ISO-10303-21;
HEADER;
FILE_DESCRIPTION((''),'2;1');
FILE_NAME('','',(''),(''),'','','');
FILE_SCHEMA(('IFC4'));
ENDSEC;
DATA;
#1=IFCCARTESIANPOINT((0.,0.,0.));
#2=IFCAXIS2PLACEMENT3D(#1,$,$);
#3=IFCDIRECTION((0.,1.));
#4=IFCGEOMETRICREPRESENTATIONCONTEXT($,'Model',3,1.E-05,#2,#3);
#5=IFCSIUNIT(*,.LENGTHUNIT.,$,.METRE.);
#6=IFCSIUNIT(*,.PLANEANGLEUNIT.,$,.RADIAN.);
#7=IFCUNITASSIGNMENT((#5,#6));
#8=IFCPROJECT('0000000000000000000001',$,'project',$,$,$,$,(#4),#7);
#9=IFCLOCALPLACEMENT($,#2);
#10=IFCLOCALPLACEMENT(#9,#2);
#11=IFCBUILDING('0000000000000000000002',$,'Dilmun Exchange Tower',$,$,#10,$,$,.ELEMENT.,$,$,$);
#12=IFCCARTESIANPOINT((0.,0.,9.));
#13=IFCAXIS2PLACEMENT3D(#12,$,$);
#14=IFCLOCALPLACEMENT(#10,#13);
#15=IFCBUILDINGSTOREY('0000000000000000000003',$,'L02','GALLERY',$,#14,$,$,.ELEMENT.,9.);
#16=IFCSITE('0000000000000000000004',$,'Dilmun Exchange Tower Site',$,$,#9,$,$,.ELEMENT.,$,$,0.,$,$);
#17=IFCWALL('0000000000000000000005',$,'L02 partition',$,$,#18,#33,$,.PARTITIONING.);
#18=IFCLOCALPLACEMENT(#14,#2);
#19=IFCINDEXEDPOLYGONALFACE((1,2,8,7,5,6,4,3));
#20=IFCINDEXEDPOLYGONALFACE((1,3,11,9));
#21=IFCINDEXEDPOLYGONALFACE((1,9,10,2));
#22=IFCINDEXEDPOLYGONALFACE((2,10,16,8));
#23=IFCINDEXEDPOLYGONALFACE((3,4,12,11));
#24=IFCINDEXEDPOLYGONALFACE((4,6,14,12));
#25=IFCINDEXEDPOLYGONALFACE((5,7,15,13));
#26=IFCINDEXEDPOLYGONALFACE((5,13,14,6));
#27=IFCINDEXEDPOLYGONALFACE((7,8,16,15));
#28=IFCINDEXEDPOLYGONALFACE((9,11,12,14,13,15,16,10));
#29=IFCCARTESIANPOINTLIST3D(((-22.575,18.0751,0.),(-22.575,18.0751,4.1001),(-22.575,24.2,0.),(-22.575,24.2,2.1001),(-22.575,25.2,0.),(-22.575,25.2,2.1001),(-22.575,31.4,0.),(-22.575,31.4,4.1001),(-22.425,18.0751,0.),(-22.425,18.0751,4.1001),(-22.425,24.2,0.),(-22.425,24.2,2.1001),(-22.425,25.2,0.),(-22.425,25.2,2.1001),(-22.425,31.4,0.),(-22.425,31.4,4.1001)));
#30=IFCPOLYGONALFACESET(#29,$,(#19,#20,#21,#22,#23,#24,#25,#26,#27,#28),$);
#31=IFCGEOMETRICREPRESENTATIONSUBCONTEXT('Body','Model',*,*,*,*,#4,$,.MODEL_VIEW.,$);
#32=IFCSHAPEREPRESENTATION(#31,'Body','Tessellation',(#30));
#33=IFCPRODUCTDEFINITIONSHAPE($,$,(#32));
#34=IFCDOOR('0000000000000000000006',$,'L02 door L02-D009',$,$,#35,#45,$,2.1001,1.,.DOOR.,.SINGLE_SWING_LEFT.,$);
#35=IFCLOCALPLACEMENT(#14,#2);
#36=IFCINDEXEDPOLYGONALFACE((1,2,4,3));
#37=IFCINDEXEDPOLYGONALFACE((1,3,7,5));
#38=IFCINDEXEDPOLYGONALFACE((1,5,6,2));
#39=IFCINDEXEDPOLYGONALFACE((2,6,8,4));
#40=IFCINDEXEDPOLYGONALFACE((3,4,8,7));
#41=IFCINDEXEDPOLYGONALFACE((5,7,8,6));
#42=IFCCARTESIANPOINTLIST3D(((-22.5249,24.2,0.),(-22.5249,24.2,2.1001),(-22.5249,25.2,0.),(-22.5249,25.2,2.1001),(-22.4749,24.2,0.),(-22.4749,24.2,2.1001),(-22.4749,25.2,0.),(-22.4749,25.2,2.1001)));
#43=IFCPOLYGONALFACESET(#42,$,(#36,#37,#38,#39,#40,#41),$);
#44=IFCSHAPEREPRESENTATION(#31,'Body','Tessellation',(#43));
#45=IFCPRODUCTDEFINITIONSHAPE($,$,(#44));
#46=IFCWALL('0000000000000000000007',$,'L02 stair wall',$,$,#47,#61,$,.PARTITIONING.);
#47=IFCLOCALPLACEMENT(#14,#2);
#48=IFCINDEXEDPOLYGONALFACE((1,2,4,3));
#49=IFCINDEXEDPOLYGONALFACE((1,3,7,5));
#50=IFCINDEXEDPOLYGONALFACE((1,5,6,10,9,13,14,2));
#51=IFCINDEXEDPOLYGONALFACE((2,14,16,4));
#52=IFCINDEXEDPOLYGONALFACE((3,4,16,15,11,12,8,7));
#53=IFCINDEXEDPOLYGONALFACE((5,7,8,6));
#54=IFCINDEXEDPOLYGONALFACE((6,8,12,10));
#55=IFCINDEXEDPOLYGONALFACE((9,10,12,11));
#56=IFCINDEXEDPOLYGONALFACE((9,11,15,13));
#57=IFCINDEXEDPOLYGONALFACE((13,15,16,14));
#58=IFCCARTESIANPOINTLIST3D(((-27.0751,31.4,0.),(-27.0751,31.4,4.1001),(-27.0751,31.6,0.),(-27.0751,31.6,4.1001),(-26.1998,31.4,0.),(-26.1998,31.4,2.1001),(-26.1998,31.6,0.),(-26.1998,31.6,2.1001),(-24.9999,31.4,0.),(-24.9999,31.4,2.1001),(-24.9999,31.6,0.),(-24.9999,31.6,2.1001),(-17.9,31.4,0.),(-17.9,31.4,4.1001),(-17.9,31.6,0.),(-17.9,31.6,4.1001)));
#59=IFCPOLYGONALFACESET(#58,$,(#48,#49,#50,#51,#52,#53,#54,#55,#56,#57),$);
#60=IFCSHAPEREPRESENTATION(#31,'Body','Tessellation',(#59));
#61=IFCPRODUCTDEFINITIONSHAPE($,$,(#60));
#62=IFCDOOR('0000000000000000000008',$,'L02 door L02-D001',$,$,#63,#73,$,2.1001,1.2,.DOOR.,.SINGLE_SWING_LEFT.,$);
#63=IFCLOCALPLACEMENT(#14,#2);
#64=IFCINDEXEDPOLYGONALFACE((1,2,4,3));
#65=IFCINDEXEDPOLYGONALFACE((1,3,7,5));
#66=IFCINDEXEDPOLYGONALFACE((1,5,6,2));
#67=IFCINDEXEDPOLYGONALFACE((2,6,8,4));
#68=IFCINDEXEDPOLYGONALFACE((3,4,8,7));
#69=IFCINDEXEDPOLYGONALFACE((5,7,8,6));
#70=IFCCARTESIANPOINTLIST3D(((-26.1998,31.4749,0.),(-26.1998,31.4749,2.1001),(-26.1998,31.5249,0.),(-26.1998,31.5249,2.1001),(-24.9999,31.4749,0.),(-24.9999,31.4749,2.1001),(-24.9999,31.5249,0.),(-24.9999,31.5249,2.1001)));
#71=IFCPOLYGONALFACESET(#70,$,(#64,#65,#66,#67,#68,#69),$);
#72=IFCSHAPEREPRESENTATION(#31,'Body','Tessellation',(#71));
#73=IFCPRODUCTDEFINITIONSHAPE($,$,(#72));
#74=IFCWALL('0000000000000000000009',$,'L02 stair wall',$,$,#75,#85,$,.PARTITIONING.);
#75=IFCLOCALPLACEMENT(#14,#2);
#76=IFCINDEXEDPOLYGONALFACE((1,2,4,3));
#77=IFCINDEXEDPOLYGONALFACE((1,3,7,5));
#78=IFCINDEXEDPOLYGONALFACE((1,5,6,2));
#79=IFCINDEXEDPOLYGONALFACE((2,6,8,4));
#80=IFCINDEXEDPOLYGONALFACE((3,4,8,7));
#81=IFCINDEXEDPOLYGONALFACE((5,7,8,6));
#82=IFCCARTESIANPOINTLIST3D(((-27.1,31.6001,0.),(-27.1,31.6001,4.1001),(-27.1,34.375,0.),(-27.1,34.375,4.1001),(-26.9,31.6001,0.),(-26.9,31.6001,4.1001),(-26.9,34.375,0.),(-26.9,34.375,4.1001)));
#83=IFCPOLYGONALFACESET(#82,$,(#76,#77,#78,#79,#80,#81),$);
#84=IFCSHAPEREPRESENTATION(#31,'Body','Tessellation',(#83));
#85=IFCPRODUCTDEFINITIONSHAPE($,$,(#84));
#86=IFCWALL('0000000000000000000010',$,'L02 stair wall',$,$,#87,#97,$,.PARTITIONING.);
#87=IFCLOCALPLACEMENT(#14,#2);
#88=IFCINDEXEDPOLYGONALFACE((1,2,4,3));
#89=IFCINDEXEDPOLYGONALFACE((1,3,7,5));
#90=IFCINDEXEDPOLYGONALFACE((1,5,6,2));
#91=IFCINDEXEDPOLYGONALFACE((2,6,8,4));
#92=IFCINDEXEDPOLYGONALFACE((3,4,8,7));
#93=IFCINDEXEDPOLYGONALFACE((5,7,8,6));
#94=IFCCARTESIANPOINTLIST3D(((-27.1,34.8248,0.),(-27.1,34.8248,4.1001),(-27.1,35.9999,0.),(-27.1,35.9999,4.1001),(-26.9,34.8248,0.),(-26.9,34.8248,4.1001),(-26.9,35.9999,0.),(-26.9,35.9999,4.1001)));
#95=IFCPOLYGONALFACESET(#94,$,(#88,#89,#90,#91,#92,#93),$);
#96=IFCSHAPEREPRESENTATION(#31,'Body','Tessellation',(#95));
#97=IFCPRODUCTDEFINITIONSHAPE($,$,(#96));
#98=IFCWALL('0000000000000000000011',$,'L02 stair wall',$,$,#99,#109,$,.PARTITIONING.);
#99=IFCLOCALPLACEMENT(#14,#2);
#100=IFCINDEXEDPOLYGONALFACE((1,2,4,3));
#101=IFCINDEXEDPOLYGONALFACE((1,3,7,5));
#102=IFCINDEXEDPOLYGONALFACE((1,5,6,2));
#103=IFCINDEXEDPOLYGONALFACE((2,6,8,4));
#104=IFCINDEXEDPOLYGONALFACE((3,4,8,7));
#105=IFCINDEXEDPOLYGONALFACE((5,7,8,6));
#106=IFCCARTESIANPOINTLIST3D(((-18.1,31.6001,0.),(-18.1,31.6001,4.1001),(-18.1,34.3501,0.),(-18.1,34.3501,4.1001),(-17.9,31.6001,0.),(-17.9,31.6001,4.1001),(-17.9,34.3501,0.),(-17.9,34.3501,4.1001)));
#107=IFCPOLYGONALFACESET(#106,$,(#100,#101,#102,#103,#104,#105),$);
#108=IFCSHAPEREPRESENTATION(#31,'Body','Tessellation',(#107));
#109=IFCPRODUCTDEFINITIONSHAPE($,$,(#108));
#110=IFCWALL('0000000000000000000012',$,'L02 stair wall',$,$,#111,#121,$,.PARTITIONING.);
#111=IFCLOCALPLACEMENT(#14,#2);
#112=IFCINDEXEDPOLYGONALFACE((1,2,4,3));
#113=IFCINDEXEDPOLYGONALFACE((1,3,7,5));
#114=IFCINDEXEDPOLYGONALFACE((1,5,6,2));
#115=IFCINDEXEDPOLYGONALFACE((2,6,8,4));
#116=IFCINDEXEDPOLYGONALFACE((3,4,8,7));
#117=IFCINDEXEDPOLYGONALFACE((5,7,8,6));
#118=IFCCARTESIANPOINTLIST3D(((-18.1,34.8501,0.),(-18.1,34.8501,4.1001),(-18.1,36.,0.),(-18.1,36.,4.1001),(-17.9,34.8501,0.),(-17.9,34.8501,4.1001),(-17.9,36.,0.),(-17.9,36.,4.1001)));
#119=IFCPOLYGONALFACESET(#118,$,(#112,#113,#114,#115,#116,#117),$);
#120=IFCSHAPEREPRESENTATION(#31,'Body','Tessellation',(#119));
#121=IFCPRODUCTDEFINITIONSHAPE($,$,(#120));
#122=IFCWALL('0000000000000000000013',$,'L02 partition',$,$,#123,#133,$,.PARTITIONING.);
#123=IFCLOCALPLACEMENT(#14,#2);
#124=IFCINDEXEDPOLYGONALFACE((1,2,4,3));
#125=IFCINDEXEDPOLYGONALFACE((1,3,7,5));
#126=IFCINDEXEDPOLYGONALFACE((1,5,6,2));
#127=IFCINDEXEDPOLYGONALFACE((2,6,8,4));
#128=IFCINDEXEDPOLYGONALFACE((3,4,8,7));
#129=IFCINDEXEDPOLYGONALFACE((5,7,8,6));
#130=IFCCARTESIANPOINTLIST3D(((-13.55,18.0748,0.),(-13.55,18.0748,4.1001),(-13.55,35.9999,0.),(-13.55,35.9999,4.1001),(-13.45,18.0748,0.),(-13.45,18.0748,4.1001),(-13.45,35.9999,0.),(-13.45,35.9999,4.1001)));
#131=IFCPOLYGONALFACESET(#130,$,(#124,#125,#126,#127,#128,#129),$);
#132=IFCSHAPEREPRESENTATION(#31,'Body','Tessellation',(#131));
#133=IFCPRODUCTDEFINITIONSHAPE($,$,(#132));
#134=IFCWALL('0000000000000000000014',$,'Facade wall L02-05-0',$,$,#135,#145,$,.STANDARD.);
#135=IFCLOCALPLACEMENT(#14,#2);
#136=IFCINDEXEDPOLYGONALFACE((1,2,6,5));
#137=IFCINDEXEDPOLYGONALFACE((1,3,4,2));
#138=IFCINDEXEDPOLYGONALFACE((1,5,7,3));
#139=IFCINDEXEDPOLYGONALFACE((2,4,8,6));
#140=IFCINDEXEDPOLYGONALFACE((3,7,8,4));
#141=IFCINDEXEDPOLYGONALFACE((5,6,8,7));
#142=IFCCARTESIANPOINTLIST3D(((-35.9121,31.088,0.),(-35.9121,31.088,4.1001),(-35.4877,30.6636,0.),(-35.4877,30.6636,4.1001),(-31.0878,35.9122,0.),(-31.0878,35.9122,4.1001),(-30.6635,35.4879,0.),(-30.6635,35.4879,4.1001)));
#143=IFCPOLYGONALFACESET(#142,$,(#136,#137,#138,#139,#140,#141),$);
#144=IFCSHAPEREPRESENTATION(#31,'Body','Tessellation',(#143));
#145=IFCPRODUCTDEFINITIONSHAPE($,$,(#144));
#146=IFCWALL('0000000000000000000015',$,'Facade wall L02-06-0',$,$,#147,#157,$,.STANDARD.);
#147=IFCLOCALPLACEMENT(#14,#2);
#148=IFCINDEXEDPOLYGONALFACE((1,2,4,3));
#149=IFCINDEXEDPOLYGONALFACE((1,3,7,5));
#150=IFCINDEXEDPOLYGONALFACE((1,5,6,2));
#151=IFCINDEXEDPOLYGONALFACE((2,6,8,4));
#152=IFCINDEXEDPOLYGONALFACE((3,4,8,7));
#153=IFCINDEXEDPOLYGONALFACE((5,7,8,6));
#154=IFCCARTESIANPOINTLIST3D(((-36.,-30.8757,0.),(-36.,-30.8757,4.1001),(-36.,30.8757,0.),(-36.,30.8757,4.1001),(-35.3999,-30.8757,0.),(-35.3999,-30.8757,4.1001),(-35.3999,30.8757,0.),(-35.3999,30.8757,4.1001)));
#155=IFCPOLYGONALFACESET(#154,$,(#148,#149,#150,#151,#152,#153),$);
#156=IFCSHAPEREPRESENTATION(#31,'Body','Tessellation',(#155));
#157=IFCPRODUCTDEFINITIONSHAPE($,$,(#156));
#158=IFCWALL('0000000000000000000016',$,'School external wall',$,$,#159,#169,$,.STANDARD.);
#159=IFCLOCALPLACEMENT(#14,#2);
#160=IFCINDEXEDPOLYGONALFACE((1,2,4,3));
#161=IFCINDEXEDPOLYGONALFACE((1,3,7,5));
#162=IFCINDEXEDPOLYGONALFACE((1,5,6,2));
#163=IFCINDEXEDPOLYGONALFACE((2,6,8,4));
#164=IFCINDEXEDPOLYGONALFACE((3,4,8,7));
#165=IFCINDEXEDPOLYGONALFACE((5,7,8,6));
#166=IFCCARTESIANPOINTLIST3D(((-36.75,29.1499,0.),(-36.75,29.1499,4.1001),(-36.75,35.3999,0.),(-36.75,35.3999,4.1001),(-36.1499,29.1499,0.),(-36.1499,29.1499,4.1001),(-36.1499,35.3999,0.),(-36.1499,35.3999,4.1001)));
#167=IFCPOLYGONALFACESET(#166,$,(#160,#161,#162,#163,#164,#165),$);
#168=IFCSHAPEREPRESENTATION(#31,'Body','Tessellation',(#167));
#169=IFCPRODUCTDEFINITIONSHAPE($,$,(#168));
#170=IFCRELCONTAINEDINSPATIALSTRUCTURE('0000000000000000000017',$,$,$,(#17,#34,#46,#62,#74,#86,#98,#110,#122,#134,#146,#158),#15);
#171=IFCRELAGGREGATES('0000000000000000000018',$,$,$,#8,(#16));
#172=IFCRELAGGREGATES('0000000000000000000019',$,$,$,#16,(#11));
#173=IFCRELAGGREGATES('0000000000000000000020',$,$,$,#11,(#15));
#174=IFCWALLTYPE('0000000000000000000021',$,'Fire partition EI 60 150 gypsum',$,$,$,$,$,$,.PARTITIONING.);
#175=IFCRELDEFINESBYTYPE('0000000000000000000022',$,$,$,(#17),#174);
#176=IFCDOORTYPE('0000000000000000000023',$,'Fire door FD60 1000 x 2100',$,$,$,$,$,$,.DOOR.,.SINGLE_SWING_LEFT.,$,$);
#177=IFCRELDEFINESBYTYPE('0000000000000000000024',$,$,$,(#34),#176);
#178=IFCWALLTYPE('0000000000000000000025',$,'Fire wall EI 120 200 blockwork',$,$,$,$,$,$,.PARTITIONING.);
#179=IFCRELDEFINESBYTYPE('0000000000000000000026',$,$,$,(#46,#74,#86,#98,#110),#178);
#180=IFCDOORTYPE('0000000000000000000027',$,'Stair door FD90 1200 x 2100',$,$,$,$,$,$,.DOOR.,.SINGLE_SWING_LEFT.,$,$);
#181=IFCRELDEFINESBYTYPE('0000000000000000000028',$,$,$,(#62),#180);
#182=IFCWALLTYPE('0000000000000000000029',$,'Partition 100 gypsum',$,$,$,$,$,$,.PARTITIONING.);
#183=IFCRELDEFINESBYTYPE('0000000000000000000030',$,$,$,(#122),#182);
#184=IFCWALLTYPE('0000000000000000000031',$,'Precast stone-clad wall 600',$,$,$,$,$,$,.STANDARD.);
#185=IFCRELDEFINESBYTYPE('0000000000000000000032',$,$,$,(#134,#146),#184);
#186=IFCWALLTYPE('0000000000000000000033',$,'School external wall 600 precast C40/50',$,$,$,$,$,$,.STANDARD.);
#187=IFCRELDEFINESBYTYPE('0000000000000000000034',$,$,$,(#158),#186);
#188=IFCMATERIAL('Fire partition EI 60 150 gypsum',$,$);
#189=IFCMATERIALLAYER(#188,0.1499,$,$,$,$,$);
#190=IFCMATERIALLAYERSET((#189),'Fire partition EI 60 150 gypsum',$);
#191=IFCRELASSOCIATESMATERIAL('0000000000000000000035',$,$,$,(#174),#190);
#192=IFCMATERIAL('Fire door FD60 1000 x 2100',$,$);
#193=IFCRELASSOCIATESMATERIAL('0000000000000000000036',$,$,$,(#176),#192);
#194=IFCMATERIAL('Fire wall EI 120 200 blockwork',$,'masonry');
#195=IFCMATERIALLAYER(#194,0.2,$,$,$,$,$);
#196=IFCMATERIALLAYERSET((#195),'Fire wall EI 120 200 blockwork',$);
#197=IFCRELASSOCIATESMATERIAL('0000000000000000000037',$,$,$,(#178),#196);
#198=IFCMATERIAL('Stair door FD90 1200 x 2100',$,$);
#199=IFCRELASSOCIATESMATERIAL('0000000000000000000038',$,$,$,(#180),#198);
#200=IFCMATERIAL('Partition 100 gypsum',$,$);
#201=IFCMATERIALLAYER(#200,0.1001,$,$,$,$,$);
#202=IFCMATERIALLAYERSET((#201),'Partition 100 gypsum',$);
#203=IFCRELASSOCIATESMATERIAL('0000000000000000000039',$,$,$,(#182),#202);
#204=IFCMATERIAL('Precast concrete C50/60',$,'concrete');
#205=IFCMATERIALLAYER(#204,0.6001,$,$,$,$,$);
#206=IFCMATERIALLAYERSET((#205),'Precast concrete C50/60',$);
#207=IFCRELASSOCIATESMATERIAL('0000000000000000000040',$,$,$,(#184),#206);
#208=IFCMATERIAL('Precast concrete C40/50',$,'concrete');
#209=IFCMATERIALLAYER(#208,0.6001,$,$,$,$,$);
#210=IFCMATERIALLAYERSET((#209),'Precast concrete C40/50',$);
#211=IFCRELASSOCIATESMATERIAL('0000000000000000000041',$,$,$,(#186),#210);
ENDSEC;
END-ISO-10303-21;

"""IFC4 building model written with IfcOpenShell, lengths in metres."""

from ifc_helpers import new_model, si_unit, direction, frame, frame_2d, origin, place, context, subcontext, project, spatial, rectangle, extrude, material, layer, layer_set, type_object, element, fill, save


model = new_model("IFC4")

# Units and contexts
model_context = context("Model", 3, precision=1e-05, world=origin(), true_north=direction((0.0, 1.0)))
body_context = subcontext(model_context, "Body", "Model", "MODEL_VIEW")
ifc_project = project(units=[si_unit("LENGTHUNIT", "METRE"), si_unit("PLANEANGLEUNIT", "RADIAN")], contexts=[model_context])

# Site, building, storey
site_placement = place(None, origin())
site = spatial("IfcSite", under=ifc_project, at=site_placement, Name="Dilmun Exchange Tower Site", CompositionType="ELEMENT", RefElevation=0.0)
building_placement = place(site_placement, origin())
building = spatial("IfcBuilding", under=site, at=building_placement, Name="Dilmun Exchange Tower", CompositionType="ELEMENT")
storey_placement = place(building_placement, frame((0.0, 0.0, 9.0)))
storey = spatial("IfcBuildingStorey", under=building, at=storey_placement, Name="L02", Description="GALLERY", CompositionType="ELEMENT", Elevation=9.0)

# Shared definitions
ifc_material_1 = material(Name="Fire partition EI 60 150 gypsum")
ifc_layer_1 = layer(ifc_material_1, 0.1499)
ifc_layer_set_1 = layer_set([ifc_layer_1], Name="Fire partition EI 60 150 gypsum")
wall_type_1 = type_object("IfcWallType", Name="Fire partition EI 60 150 gypsum", PredefinedType="PARTITIONING", material=ifc_layer_set_1)

# Walls, openings, doors
wall_1_placement = place(storey_placement, frame((-22.5, 18.075, 0.0), z_axis=(0.0, 0.0, 1.0), x_axis=(0.0, 1.0, 0.0)))
wall_1 = element("IfcWall", 1, at=wall_1_placement, inside=storey, type_object=wall_type_1, Name="L02 partition", PredefinedType="PARTITIONING", context=body_context, shape_type="SweptSolid", body=[
    extrude(rectangle(XDim=13.325, YDim=0.1499, at=frame_2d((6.6626, 0.0))), origin(), (0.0, 0.0, 1.0), 4.1001),
])
opening_1_placement = place(wall_1_placement, frame((6.125, 0.0, 0.0)))
opening_1 = element("IfcOpeningElement", 2, at=opening_1_placement, cuts=wall_1, PredefinedType="OPENING", context=body_context, shape_type="SweptSolid", body=[
    extrude(rectangle(XDim=1.0, YDim=2.1001, at=frame_2d((0.5, 1.05))), frame((0.0, 0.085, 0.0), z_axis=(0.0, -1.0, 0.0), x_axis=(1.0, 0.0, 0.0)), (0.0, 0.0, 1.0), 0.1699),
])
ifc_material_2 = material(Name="Fire door FD60 1000 x 2100")
door_type_1 = type_object("IfcDoorType", Name="Fire door FD60 1000 x 2100", OperationType="SINGLE_SWING_LEFT", PredefinedType="DOOR", material=ifc_material_2)
door_1_placement = place(opening_1_placement, origin())
door_1 = element("IfcDoor", 3, at=door_1_placement, inside=storey, type_object=door_type_1, Name="L02 door L02-D009", OperationType="SINGLE_SWING_LEFT", OverallHeight=2.1001, OverallWidth=1.0, PredefinedType="DOOR", context=body_context, shape_type="SweptSolid", body=[
    extrude(rectangle(XDim=1.0, YDim=2.1001, at=frame_2d((0.5, 1.05))), frame((0.0, 0.0249, 0.0), z_axis=(0.0, -1.0, 0.0), x_axis=(1.0, 0.0, 0.0)), (0.0, 0.0, 1.0), 0.05),
])
fill(opening_1, door_1)
ifc_material_3 = material(Name="Fire wall EI 120 200 blockwork", Category="masonry")
ifc_layer_2 = layer(ifc_material_3, 0.2)
ifc_layer_set_2 = layer_set([ifc_layer_2], Name="Fire wall EI 120 200 blockwork")
wall_type_2 = type_object("IfcWallType", Name="Fire wall EI 120 200 blockwork", PredefinedType="PARTITIONING", material=ifc_layer_set_2)
wall_2_placement = place(storey_placement, frame((-27.075, 31.5, 0.0), z_axis=(0.0, 0.0, 1.0), x_axis=(1.0, 0.0, 0.0)))
wall_2 = element("IfcWall", 4, at=wall_2_placement, inside=storey, type_object=wall_type_2, Name="L02 stair wall", PredefinedType="PARTITIONING", context=body_context, shape_type="SweptSolid", body=[
    extrude(rectangle(XDim=9.175, YDim=0.2, at=frame_2d((4.5874, 0.0))), origin(), (0.0, 0.0, 1.0), 4.1001),
])
opening_2_placement = place(wall_2_placement, frame((0.875, 0.0, 0.0)))
opening_2 = element("IfcOpeningElement", 5, at=opening_2_placement, cuts=wall_2, PredefinedType="OPENING", context=body_context, shape_type="SweptSolid", body=[
    extrude(rectangle(XDim=1.2, YDim=2.1001, at=frame_2d((0.6001, 1.05))), frame((0.0, 0.1099, 0.0), z_axis=(0.0, -1.0, 0.0), x_axis=(1.0, 0.0, 0.0)), (0.0, 0.0, 1.0), 0.22),
])
ifc_material_4 = material(Name="Stair door FD90 1200 x 2100")
door_type_2 = type_object("IfcDoorType", Name="Stair door FD90 1200 x 2100", OperationType="SINGLE_SWING_LEFT", PredefinedType="DOOR", material=ifc_material_4)
door_2_placement = place(opening_2_placement, origin())
door_2 = element("IfcDoor", 6, at=door_2_placement, inside=storey, type_object=door_type_2, Name="L02 door L02-D001", OperationType="SINGLE_SWING_LEFT", OverallHeight=2.1001, OverallWidth=1.2, PredefinedType="DOOR", context=body_context, shape_type="SweptSolid", body=[
    extrude(rectangle(XDim=1.2, YDim=2.1001, at=frame_2d((0.6001, 1.05))), frame((0.0, 0.0249, 0.0), z_axis=(0.0, -1.0, 0.0), x_axis=(1.0, 0.0, 0.0)), (0.0, 0.0, 1.0), 0.05),
])
fill(opening_2, door_2)

# Walls
wall_3_placement = place(storey_placement, frame((-27.0, 31.6001, 0.0), z_axis=(0.0, 0.0, 1.0), x_axis=(0.0, 1.0, 0.0)))
element("IfcWall", 7, at=wall_3_placement, inside=storey, type_object=wall_type_2, Name="L02 stair wall", PredefinedType="PARTITIONING", context=body_context, shape_type="SweptSolid", body=[
    extrude(rectangle(XDim=2.7749, YDim=0.2, at=frame_2d((1.3875, 0.0))), origin(), (0.0, 0.0, 1.0), 4.1001),
])
wall_4_placement = place(storey_placement, frame((-27.0, 34.825, 0.0), z_axis=(0.0, 0.0, 1.0), x_axis=(0.0, 1.0, 0.0)))
element("IfcWall", 8, at=wall_4_placement, inside=storey, type_object=wall_type_2, Name="L02 stair wall", PredefinedType="PARTITIONING", context=body_context, shape_type="SweptSolid", body=[
    extrude(rectangle(XDim=1.175, YDim=0.2, at=frame_2d((0.5874, 0.0))), origin(), (0.0, 0.0, 1.0), 4.1001),
])
wall_5_placement = place(storey_placement, frame((-18.0, 31.6001, 0.0), z_axis=(0.0, 0.0, 1.0), x_axis=(0.0, 1.0, 0.0)))
element("IfcWall", 9, at=wall_5_placement, inside=storey, type_object=wall_type_2, Name="L02 stair wall", PredefinedType="PARTITIONING", context=body_context, shape_type="SweptSolid", body=[
    extrude(rectangle(XDim=2.75, YDim=0.2, at=frame_2d((1.375, 0.0))), origin(), (0.0, 0.0, 1.0), 4.1001),
])
wall_6_placement = place(storey_placement, frame((-18.0, 34.8501, 0.0), z_axis=(0.0, 0.0, 1.0), x_axis=(0.0, 1.0, 0.0)))
element("IfcWall", 10, at=wall_6_placement, inside=storey, type_object=wall_type_2, Name="L02 stair wall", PredefinedType="PARTITIONING", context=body_context, shape_type="SweptSolid", body=[
    extrude(rectangle(XDim=1.1499, YDim=0.2, at=frame_2d((0.575, 0.0))), origin(), (0.0, 0.0, 1.0), 4.1001),
])
ifc_material_5 = material(Name="Partition 100 gypsum")
ifc_layer_3 = layer(ifc_material_5, 0.1001)
ifc_layer_set_3 = layer_set([ifc_layer_3], Name="Partition 100 gypsum")
wall_type_3 = type_object("IfcWallType", Name="Partition 100 gypsum", PredefinedType="PARTITIONING", material=ifc_layer_set_3)
wall_7_placement = place(storey_placement, frame((-13.5, 18.075, 0.0), z_axis=(0.0, 0.0, 1.0), x_axis=(0.0, 1.0, 0.0)))
element("IfcWall", 11, at=wall_7_placement, inside=storey, type_object=wall_type_3, Name="L02 partition", PredefinedType="PARTITIONING", context=body_context, shape_type="SweptSolid", body=[
    extrude(rectangle(XDim=17.925, YDim=0.1001, at=frame_2d((8.9624, 0.0))), origin(), (0.0, 0.0, 1.0), 4.1001),
])
ifc_material_6 = material(Name="Precast concrete C50/60", Category="concrete")
ifc_layer_4 = layer(ifc_material_6, 0.6001)
ifc_layer_set_4 = layer_set([ifc_layer_4], Name="Precast concrete C50/60")
wall_type_4 = type_object("IfcWallType", Name="Precast stone-clad wall 600", PredefinedType="STANDARD", material=ifc_layer_set_4)
wall_8_placement = place(storey_placement, frame((-30.8757, 35.7, 0.0), z_axis=(0.0, 0.0, 1.0), x_axis=(-0.707107, -0.707107, 0.0)))
element("IfcWall", 12, at=wall_8_placement, inside=storey, type_object=wall_type_4, Name="Facade wall L02-05-0", PredefinedType="STANDARD", context=body_context, shape_type="SweptSolid", body=[
    extrude(rectangle(XDim=6.8225, YDim=0.6001, at=frame_2d((3.4111, 0.0))), origin(), (0.0, 0.0, 1.0), 4.1001),
])
wall_9_placement = place(storey_placement, frame((-35.7, 30.8757, 0.0), z_axis=(0.0, 0.0, 1.0), x_axis=(0.0, -1.0, 0.0)))
element("IfcWall", 13, at=wall_9_placement, inside=storey, type_object=wall_type_4, Name="Facade wall L02-06-0", PredefinedType="STANDARD", context=body_context, shape_type="SweptSolid", body=[
    extrude(rectangle(XDim=61.7515, YDim=0.6001, at=frame_2d((30.8757, 0.0))), origin(), (0.0, 0.0, 1.0), 4.1001),
])
ifc_material_7 = material(Name="Precast concrete C40/50", Category="concrete")
ifc_layer_5 = layer(ifc_material_7, 0.6001)
ifc_layer_set_5 = layer_set([ifc_layer_5], Name="Precast concrete C40/50")
wall_type_5 = type_object("IfcWallType", Name="School external wall 600 precast C40/50", PredefinedType="STANDARD", material=ifc_layer_set_5)
wall_10_placement = place(storey_placement, frame((-36.45, 35.3999, 0.0), z_axis=(0.0, 0.0, 1.0), x_axis=(0.0, -1.0, 0.0)))
element("IfcWall", 14, at=wall_10_placement, inside=storey, type_object=wall_type_5, Name="School external wall", PredefinedType="STANDARD", context=body_context, shape_type="SweptSolid", body=[
    extrude(rectangle(XDim=6.25, YDim=0.6001, at=frame_2d((3.125, 0.0))), origin(), (0.0, 0.0, 1.0), 4.1001),
])

save(model, "model.ifc")
